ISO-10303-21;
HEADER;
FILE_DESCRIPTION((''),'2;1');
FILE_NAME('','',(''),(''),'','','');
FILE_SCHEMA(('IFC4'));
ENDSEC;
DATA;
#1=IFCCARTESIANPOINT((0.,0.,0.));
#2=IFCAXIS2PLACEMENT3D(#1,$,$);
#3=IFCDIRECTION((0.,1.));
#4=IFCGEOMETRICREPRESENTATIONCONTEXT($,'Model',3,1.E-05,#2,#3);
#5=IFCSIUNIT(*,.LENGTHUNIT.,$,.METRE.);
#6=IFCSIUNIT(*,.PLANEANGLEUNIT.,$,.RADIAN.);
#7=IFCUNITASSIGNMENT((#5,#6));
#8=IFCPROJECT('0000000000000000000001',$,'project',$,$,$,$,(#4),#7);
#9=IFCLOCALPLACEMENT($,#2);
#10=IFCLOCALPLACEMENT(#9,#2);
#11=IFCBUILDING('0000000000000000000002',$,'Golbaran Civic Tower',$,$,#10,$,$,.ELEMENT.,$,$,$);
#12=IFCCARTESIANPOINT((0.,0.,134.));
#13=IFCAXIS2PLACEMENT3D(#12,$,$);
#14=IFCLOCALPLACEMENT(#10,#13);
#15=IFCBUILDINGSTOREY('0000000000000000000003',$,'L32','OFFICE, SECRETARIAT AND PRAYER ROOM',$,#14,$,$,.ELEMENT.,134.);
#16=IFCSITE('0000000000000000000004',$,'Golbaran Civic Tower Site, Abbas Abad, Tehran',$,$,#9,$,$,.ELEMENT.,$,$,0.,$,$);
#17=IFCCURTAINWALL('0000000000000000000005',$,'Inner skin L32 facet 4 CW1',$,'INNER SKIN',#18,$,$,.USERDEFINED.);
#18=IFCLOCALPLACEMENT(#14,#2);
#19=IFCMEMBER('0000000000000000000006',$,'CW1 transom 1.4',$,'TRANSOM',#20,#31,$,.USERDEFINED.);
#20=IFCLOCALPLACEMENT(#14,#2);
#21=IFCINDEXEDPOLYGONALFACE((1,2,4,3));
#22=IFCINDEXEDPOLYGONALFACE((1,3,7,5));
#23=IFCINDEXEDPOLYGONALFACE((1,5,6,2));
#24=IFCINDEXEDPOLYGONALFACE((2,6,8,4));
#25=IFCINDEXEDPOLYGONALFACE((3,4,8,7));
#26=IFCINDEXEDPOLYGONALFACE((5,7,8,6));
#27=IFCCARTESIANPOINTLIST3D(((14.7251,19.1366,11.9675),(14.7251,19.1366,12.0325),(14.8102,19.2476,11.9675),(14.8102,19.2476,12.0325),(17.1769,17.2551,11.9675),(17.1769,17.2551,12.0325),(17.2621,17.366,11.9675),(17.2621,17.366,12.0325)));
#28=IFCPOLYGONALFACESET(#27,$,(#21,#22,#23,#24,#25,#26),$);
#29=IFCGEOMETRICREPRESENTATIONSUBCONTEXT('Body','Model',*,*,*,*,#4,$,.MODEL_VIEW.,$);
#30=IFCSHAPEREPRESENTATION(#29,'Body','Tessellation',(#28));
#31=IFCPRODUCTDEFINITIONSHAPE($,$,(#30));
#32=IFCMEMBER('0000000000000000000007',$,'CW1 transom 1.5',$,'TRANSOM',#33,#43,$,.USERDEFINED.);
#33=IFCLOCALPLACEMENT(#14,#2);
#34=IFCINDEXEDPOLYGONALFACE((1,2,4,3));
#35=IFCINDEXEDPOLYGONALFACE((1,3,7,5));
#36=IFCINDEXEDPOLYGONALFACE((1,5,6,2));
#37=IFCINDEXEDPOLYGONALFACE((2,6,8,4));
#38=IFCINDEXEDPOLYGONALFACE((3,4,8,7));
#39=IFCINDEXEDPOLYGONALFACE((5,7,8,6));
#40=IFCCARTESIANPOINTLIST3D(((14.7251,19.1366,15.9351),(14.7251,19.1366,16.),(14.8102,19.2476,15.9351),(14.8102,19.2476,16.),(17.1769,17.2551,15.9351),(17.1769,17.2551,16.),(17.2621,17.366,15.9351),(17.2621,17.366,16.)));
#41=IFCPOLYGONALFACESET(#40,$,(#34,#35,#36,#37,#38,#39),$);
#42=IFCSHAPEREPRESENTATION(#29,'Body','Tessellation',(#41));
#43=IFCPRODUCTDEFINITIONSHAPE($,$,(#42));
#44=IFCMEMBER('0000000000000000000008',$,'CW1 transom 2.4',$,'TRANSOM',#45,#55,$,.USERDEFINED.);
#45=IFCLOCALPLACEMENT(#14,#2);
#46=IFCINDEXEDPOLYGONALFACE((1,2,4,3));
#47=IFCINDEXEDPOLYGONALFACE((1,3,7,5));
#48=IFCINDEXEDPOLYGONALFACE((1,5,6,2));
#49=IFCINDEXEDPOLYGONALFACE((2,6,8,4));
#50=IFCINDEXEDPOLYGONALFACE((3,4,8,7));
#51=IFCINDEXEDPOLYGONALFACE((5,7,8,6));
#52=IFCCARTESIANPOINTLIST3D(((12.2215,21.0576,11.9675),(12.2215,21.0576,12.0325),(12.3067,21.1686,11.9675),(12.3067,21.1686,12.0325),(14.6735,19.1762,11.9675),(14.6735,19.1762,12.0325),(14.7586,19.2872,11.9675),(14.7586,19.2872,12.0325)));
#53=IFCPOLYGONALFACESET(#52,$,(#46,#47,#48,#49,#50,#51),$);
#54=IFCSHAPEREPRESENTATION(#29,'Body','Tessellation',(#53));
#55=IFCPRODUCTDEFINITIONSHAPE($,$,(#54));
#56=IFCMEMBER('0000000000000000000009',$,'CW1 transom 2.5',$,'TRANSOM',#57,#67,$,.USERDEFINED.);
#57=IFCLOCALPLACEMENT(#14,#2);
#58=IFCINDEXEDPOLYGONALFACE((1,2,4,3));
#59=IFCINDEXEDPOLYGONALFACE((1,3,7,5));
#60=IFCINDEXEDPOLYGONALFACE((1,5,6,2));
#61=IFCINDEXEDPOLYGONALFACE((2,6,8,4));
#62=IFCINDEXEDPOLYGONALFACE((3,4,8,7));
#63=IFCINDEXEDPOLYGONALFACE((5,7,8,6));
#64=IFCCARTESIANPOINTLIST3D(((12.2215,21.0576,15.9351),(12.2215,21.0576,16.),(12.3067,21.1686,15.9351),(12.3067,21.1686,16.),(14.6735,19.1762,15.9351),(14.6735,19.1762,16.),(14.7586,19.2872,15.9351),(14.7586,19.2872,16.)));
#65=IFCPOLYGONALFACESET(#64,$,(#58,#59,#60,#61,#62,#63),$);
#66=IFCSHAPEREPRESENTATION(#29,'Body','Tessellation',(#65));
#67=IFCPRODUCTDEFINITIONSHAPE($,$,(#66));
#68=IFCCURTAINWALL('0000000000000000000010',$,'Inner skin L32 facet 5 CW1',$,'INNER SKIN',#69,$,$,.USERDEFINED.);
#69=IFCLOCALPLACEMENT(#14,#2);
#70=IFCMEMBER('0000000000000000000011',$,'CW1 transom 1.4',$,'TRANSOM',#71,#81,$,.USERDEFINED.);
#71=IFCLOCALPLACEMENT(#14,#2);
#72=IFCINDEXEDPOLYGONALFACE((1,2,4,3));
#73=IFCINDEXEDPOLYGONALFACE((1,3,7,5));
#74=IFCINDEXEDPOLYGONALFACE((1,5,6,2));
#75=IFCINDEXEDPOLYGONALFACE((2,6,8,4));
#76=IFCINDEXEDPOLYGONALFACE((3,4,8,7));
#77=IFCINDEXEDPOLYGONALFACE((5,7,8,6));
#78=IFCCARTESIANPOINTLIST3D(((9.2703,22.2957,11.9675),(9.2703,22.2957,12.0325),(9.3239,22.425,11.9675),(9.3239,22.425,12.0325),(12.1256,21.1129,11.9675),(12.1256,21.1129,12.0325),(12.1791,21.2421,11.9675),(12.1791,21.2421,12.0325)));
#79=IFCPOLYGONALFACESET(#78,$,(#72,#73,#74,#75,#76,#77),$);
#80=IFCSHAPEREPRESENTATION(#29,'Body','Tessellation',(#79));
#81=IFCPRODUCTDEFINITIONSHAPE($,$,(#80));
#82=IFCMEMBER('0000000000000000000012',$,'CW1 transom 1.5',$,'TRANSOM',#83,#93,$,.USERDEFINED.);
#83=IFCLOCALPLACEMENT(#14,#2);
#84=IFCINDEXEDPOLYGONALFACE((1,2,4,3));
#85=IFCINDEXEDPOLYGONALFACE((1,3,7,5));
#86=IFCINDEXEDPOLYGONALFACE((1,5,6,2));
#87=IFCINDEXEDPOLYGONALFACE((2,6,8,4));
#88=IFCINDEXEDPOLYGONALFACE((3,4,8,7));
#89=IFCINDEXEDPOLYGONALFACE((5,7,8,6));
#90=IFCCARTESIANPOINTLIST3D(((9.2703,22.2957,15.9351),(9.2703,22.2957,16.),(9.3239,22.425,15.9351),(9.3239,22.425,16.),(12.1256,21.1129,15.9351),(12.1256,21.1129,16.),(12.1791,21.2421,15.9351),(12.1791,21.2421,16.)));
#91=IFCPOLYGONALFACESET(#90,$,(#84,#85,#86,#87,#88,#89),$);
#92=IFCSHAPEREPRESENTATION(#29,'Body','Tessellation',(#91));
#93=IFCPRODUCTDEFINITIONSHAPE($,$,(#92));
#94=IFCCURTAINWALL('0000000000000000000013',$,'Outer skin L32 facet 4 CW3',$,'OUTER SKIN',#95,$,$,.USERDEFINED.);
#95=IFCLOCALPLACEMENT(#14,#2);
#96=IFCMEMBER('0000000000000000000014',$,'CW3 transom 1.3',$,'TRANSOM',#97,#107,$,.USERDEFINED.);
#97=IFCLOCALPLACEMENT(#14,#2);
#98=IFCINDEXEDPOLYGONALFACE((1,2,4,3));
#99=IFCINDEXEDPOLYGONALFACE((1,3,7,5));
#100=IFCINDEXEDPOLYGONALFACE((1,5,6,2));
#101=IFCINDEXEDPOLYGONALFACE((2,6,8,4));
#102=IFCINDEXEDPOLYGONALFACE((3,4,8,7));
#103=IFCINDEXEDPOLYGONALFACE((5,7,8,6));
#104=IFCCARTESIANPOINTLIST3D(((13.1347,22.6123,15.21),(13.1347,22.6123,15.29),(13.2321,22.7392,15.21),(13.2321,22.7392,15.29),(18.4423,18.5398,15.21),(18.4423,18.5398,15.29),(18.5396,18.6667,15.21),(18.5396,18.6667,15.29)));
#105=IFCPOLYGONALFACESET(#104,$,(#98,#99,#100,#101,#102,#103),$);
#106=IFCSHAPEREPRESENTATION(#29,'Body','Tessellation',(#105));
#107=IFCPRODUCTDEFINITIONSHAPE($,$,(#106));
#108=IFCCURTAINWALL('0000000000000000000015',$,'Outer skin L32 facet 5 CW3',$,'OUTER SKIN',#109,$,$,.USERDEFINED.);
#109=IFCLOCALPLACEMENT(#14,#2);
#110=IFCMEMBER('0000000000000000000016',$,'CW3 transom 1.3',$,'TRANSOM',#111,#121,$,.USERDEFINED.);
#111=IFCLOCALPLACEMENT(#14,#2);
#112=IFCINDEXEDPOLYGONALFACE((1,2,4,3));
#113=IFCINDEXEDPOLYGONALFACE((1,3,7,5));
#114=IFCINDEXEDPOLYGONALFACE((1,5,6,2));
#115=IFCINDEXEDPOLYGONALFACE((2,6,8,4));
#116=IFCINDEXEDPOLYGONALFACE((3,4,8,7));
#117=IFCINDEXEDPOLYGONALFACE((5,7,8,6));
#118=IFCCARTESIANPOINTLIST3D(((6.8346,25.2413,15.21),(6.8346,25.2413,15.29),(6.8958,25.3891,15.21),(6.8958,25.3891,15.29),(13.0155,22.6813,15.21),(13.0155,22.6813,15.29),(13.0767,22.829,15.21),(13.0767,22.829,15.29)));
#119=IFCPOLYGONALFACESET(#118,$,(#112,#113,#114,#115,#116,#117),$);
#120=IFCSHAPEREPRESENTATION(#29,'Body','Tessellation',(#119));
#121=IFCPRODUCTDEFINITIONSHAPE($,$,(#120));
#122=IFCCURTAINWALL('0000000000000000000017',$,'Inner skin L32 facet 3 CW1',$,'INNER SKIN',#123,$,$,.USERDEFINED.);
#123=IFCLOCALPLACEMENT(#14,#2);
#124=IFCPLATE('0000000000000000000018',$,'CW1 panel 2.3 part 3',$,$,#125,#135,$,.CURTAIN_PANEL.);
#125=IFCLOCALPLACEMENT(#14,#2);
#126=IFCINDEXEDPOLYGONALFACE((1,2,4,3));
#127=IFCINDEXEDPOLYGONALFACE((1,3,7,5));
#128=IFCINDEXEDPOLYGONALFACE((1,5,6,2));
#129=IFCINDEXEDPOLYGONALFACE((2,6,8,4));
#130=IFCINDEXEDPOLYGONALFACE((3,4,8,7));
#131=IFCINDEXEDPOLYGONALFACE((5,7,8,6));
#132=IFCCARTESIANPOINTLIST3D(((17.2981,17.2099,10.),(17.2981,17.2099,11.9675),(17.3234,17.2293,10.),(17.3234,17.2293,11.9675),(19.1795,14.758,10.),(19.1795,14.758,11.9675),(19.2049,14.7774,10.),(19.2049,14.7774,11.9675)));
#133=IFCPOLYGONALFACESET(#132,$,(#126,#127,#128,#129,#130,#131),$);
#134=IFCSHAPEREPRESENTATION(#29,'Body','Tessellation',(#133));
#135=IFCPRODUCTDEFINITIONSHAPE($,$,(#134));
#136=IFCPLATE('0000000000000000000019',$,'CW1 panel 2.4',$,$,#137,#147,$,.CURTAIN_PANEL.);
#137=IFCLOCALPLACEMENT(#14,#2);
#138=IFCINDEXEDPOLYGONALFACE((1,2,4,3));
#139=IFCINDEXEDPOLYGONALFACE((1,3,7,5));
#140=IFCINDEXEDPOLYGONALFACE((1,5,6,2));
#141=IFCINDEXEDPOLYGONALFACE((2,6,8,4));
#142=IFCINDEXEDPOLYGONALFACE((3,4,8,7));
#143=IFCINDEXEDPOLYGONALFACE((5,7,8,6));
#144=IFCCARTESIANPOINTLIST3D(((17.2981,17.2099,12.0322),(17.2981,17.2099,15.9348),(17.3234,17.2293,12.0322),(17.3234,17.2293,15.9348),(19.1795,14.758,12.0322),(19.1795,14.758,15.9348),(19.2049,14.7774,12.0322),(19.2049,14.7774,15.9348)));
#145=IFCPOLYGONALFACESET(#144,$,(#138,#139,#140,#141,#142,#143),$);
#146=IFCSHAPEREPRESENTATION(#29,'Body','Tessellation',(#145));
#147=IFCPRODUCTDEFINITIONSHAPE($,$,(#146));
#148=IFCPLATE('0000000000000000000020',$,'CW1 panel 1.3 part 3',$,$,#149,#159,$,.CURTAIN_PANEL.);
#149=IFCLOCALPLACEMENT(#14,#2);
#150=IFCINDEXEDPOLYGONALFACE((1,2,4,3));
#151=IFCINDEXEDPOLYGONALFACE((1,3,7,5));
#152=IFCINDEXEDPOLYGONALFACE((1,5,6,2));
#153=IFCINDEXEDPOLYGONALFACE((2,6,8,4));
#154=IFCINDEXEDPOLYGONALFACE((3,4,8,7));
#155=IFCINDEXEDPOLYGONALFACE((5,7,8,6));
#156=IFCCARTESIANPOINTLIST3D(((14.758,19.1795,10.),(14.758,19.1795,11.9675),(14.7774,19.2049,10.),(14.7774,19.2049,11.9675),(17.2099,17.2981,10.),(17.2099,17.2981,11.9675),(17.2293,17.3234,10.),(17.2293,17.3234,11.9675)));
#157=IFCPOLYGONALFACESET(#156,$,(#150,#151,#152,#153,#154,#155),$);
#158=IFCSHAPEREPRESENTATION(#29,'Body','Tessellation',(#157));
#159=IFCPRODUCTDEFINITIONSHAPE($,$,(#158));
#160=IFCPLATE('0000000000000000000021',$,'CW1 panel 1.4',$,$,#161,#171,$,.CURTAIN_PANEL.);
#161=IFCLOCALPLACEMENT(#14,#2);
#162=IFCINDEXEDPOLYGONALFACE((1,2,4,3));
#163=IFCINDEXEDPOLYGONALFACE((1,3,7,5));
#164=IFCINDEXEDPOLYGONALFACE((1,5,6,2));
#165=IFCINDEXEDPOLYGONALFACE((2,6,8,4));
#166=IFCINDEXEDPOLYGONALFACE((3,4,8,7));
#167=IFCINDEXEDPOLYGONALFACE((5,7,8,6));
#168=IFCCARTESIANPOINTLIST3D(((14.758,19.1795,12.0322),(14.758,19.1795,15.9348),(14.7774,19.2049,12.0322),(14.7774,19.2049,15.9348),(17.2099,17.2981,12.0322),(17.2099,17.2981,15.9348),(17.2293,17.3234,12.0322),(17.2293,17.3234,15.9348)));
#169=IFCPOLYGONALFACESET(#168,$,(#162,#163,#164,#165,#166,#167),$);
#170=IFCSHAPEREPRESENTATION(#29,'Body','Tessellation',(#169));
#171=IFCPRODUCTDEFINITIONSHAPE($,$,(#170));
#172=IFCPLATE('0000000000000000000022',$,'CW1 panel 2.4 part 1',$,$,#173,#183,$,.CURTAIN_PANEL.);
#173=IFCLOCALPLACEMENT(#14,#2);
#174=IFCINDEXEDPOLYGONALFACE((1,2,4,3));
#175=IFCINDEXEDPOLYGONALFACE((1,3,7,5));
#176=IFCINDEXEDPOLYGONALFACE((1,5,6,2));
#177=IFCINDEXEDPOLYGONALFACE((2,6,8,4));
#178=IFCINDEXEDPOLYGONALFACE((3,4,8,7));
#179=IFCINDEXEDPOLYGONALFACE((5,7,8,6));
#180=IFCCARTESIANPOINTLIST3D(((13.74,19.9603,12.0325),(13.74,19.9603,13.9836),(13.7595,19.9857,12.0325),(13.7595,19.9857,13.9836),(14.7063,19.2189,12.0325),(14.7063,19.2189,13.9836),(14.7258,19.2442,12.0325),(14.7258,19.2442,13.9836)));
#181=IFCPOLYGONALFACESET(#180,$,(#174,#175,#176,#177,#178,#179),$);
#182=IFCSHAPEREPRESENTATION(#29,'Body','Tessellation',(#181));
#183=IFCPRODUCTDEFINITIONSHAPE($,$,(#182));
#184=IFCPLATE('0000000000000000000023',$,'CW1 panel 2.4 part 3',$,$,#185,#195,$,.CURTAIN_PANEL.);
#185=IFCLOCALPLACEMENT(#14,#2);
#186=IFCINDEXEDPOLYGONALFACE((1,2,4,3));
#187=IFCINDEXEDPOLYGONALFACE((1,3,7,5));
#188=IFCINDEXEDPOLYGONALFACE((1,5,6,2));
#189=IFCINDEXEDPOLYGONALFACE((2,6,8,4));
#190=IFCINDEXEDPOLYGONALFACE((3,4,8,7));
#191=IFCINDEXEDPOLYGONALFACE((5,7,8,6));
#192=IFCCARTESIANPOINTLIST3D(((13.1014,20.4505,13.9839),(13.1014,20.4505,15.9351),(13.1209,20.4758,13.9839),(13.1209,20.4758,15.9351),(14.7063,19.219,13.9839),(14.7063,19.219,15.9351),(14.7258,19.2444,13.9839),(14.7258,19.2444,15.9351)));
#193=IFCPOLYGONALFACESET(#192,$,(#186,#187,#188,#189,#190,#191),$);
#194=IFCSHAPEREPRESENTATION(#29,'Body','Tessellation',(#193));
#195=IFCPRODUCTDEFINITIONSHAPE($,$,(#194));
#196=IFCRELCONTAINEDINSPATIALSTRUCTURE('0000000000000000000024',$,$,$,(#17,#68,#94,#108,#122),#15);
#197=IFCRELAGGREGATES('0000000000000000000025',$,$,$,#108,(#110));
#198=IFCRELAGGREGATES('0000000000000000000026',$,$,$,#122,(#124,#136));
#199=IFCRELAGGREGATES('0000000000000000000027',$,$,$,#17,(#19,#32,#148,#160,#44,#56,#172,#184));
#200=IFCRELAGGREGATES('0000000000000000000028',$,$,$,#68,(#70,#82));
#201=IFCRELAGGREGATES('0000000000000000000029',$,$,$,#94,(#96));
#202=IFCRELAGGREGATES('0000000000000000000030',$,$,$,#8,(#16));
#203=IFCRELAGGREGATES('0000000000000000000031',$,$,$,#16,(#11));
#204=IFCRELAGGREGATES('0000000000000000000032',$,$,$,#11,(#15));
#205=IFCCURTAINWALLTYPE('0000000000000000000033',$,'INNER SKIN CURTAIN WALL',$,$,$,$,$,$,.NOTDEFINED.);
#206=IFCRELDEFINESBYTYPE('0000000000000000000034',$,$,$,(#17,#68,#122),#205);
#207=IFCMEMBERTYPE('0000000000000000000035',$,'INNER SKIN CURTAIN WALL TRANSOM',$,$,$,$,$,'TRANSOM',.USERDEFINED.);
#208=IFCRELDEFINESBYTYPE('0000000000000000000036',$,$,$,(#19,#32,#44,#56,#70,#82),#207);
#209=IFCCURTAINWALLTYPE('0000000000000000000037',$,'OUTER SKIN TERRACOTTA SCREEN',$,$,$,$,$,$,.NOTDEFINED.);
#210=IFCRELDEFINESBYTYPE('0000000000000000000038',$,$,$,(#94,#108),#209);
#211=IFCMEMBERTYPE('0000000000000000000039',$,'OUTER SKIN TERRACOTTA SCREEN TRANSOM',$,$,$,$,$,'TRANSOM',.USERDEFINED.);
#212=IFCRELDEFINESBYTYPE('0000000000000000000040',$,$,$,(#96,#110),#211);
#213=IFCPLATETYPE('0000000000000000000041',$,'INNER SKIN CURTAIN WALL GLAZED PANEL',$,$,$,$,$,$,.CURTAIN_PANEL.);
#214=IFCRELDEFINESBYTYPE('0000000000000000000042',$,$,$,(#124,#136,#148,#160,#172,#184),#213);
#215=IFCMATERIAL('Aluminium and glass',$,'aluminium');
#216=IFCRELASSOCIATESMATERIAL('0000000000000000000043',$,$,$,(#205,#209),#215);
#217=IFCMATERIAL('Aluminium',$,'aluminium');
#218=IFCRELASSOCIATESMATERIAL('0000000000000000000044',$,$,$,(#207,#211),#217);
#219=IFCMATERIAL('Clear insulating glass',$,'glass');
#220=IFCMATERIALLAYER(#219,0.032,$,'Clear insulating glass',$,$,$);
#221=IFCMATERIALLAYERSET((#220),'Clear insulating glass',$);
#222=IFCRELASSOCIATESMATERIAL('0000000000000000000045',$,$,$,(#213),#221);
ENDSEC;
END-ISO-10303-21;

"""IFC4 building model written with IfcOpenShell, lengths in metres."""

from ifc_helpers import new_model, si_unit, direction, frame, origin, origin_2d, place, context, subcontext, project, spatial, rectangle, extrude, material, layer, layer_set, material_profile, profile_set, type_object, element, aggregate, save


model = new_model("IFC4")

# Units and contexts
model_context = context("Model", 3, precision=1e-05, world=origin(), true_north=direction((0.0, 1.0)))
body_context = subcontext(model_context, "Body", "Model", "MODEL_VIEW")
ifc_project = project(units=[si_unit("LENGTHUNIT", "METRE"), si_unit("PLANEANGLEUNIT", "RADIAN")], contexts=[model_context])

# Site, building, storey
site_placement = place(None, origin())
site = spatial("IfcSite", under=ifc_project, at=site_placement, Name="Golbaran Civic Tower Site, Abbas Abad, Tehran", CompositionType="ELEMENT", RefElevation=0.0)
building_placement = place(site_placement, origin())
building = spatial("IfcBuilding", under=site, at=building_placement, Name="Golbaran Civic Tower", CompositionType="ELEMENT")
storey_placement = place(building_placement, frame((0.0, 0.0, 134.0)))
storey = spatial("IfcBuildingStorey", under=building, at=storey_placement, Name="L32", Description="OFFICE, SECRETARIAT AND PRAYER ROOM", CompositionType="ELEMENT", Elevation=134.0)

# Curtain walls, members
ifc_material_1 = material(Name="Aluminium and glass", Category="aluminium")
curtain_wall_type_1 = type_object("IfcCurtainWallType", Name="INNER SKIN CURTAIN WALL", PredefinedType="NOTDEFINED", material=ifc_material_1)
curtain_wall_1_placement = place(storey_placement, origin())
curtain_wall_1 = element("IfcCurtainWall", 1, at=curtain_wall_1_placement, inside=storey, type_object=curtain_wall_type_1, Name="Inner skin L32 facet 4 CW1", ObjectType="INNER SKIN", PredefinedType="USERDEFINED")
ifc_material_2 = material(Name="Aluminium", Category="aluminium")
ifc_material_profile_1 = material_profile(ifc_material_2, rectangle(XDim=0.1399, YDim=0.0649, at=origin_2d()), Name="INNER SKIN CURTAIN WALL TRANSOM")
ifc_profile_set_1 = profile_set([ifc_material_profile_1], Name="Aluminium")
member_type_1 = type_object("IfcMemberType", Name="INNER SKIN CURTAIN WALL TRANSOM", ElementType="TRANSOM", PredefinedType="USERDEFINED", material=ifc_profile_set_1)
member_1_placement = place(storey_placement, frame((17.2195, 17.3105, 12.0), z_axis=(-0.793325, 0.608798, 0.0), x_axis=(-0.608798, -0.793325, 0.0)))
member_1 = element("IfcMember", 2, at=member_1_placement, type_object=member_type_1, Name="CW1 transom 1.4", ObjectType="TRANSOM", PredefinedType="USERDEFINED", context=body_context, shape_type="SweptSolid", body=[
    extrude(rectangle(XDim=0.1399, YDim=0.0649, at=origin_2d()), origin(), (0.0, 0.0, 1.0), 3.0906),
])
member_2_placement = place(storey_placement, frame((17.2195, 17.3105, 15.9675), z_axis=(-0.793325, 0.608798, 0.0), x_axis=(-0.608798, -0.793325, 0.0)))
member_2 = element("IfcMember", 3, at=member_2_placement, type_object=member_type_1, Name="CW1 transom 1.5", ObjectType="TRANSOM", PredefinedType="USERDEFINED", context=body_context, shape_type="SweptSolid", body=[
    extrude(rectangle(XDim=0.1399, YDim=0.0649, at=origin_2d()), origin(), (0.0, 0.0, 1.0), 3.0906),
])
member_3_placement = place(storey_placement, frame((14.7161, 19.2317, 12.0), z_axis=(-0.793363, 0.608748, 0.0), x_axis=(-0.608748, -0.793363, 0.0)))
member_3 = element("IfcMember", 4, at=member_3_placement, type_object=member_type_1, Name="CW1 transom 2.4", ObjectType="TRANSOM", PredefinedType="USERDEFINED", context=body_context, shape_type="SweptSolid", body=[
    extrude(rectangle(XDim=0.1399, YDim=0.0649, at=origin_2d()), origin(), (0.0, 0.0, 1.0), 3.0906),
])
member_4_placement = place(storey_placement, frame((14.7161, 19.2317, 15.9675), z_axis=(-0.793363, 0.608748, 0.0), x_axis=(-0.608748, -0.793363, 0.0)))
member_4 = element("IfcMember", 5, at=member_4_placement, type_object=member_type_1, Name="CW1 transom 2.5", ObjectType="TRANSOM", PredefinedType="USERDEFINED", context=body_context, shape_type="SweptSolid", body=[
    extrude(rectangle(XDim=0.1399, YDim=0.0649, at=origin_2d()), origin(), (0.0, 0.0, 1.0), 3.0906),
])
curtain_wall_2_placement = place(storey_placement, origin())
curtain_wall_2 = element("IfcCurtainWall", 6, at=curtain_wall_2_placement, inside=storey, type_object=curtain_wall_type_1, Name="Inner skin L32 facet 5 CW1", ObjectType="INNER SKIN", PredefinedType="USERDEFINED")
member_5_placement = place(storey_placement, frame((12.1523, 21.1775, 12.0), z_axis=(-0.923858, 0.382736, 0.0), x_axis=(-0.382736, -0.923858, 0.0)))
member_5 = element("IfcMember", 7, at=member_5_placement, type_object=member_type_1, Name="CW1 transom 1.4", ObjectType="TRANSOM", PredefinedType="USERDEFINED", context=body_context, shape_type="SweptSolid", body=[
    extrude(rectangle(XDim=0.1399, YDim=0.0649, at=origin_2d()), origin(), (0.0, 0.0, 1.0), 3.0906),
])
member_6_placement = place(storey_placement, frame((12.1523, 21.1775, 15.9675), z_axis=(-0.923858, 0.382736, 0.0), x_axis=(-0.382736, -0.923858, 0.0)))
member_6 = element("IfcMember", 8, at=member_6_placement, type_object=member_type_1, Name="CW1 transom 1.5", ObjectType="TRANSOM", PredefinedType="USERDEFINED", context=body_context, shape_type="SweptSolid", body=[
    extrude(rectangle(XDim=0.1399, YDim=0.0649, at=origin_2d()), origin(), (0.0, 0.0, 1.0), 3.0906),
])

# Curtain walls, members
curtain_wall_type_2 = type_object("IfcCurtainWallType", Name="OUTER SKIN TERRACOTTA SCREEN", PredefinedType="NOTDEFINED", material=ifc_material_1)
curtain_wall_3_placement = place(storey_placement, origin())
curtain_wall_3 = element("IfcCurtainWall", 9, at=curtain_wall_3_placement, inside=storey, type_object=curtain_wall_type_2, Name="Outer skin L32 facet 4 CW3", ObjectType="OUTER SKIN", PredefinedType="USERDEFINED")
ifc_material_profile_2 = material_profile(ifc_material_2, rectangle(XDim=0.1599, YDim=0.0801, at=origin_2d()), Name="OUTER SKIN TERRACOTTA SCREEN TRANSOM")
ifc_profile_set_2 = profile_set([ifc_material_profile_2], Name="Aluminium")
member_type_2 = type_object("IfcMemberType", Name="OUTER SKIN TERRACOTTA SCREEN TRANSOM", ElementType="TRANSOM", PredefinedType="USERDEFINED", material=ifc_profile_set_2)
member_7_placement = place(storey_placement, frame((18.491, 18.6033, 15.25), z_axis=(-0.793365, 0.608746, 0.0), x_axis=(-0.608746, -0.793365, 0.0)))
member_7 = element("IfcMember", 10, at=member_7_placement, type_object=member_type_2, Name="CW3 transom 1.3", ObjectType="TRANSOM", PredefinedType="USERDEFINED", context=body_context, shape_type="SweptSolid", body=[
    extrude(rectangle(XDim=0.1599, YDim=0.0801, at=origin_2d()), origin(), (0.0, 0.0, 1.0), 6.6899),
])
curtain_wall_4_placement = place(storey_placement, origin())
curtain_wall_4 = element("IfcCurtainWall", 11, at=curtain_wall_4_placement, inside=storey, type_object=curtain_wall_type_2, Name="Outer skin L32 facet 5 CW3", ObjectType="OUTER SKIN", PredefinedType="USERDEFINED")
member_8_placement = place(storey_placement, frame((13.0461, 22.7551, 15.25), z_axis=(-0.923888, 0.382663, 0.0), x_axis=(-0.382663, -0.923888, 0.0)))
member_8 = element("IfcMember", 12, at=member_8_placement, type_object=member_type_2, Name="CW3 transom 1.3", ObjectType="TRANSOM", PredefinedType="USERDEFINED", context=body_context, shape_type="SweptSolid", body=[
    extrude(rectangle(XDim=0.1599, YDim=0.0801, at=origin_2d()), origin(), (0.0, 0.0, 1.0), 6.6902),
])
aggregate(curtain_wall_4, [member_8])

# Curtain wall, plates
curtain_wall_5_placement = place(storey_placement, origin())
curtain_wall_5 = element("IfcCurtainWall", 13, at=curtain_wall_5_placement, inside=storey, type_object=curtain_wall_type_1, Name="Inner skin L32 facet 3 CW1", ObjectType="INNER SKIN", PredefinedType="USERDEFINED")
ifc_material_3 = material(Name="Clear insulating glass", Category="glass")
ifc_layer_1 = layer(ifc_material_3, 0.032, Name="Clear insulating glass")
ifc_layer_set_1 = layer_set([ifc_layer_1], Name="Clear insulating glass")
plate_type_1 = type_object("IfcPlateType", Name="INNER SKIN CURTAIN WALL GLAZED PANEL", PredefinedType="CURTAIN_PANEL", material=ifc_layer_set_1)
plate_1_placement = place(storey_placement, frame((18.2515, 15.9937, 10.0), z_axis=(0.0, 0.0, 1.0), x_axis=(-0.608761, 0.793353, 0.0)))
plate_1 = element("IfcPlate", 14, at=plate_1_placement, type_object=plate_type_1, Name="CW1 panel 2.3 part 3", PredefinedType="CURTAIN_PANEL", context=body_context, shape_type="SweptSolid", body=[
    extrude(rectangle(XDim=3.0906, YDim=0.032, at=origin_2d()), origin(), (0.0, 0.0, 1.0), 1.9675),
])
plate_2_placement = place(storey_placement, frame((18.2515, 15.9937, 12.0322), z_axis=(0.0, 0.0, 1.0), x_axis=(-0.608761, 0.793353, 0.0)))
plate_2 = element("IfcPlate", 15, at=plate_2_placement, type_object=plate_type_1, Name="CW1 panel 2.4", PredefinedType="CURTAIN_PANEL", context=body_context, shape_type="SweptSolid", body=[
    extrude(rectangle(XDim=3.0906, YDim=0.032, at=origin_2d()), origin(), (0.0, 0.0, 1.0), 3.9026),
])
aggregate(curtain_wall_5, [plate_1, plate_2])

# Plates
plate_3_placement = place(storey_placement, frame((15.9937, 18.2515, 10.0), z_axis=(0.0, 0.0, 1.0), x_axis=(-0.793353, 0.608761, 0.0)))
plate_3 = element("IfcPlate", 16, at=plate_3_placement, type_object=plate_type_1, Name="CW1 panel 1.3 part 3", PredefinedType="CURTAIN_PANEL", context=body_context, shape_type="SweptSolid", body=[
    extrude(rectangle(XDim=3.0906, YDim=0.032, at=origin_2d()), origin(), (0.0, 0.0, 1.0), 1.9675),
])
plate_4_placement = place(storey_placement, frame((15.9937, 18.2515, 12.0322), z_axis=(0.0, 0.0, 1.0), x_axis=(-0.793353, 0.608761, 0.0)))
plate_4 = element("IfcPlate", 17, at=plate_4_placement, type_object=plate_type_1, Name="CW1 panel 1.4", PredefinedType="CURTAIN_PANEL", context=body_context, shape_type="SweptSolid", body=[
    extrude(rectangle(XDim=3.0906, YDim=0.032, at=origin_2d()), origin(), (0.0, 0.0, 1.0), 3.9026),
])
plate_5_placement = place(storey_placement, frame((14.2329, 19.6023, 12.0325), z_axis=(0.0, 0.0, 1.0), x_axis=(-0.793353, 0.608761, 0.0)))
plate_5 = element("IfcPlate", 18, at=plate_5_placement, type_object=plate_type_1, Name="CW1 panel 2.4 part 1", PredefinedType="CURTAIN_PANEL", context=body_context, shape_type="SweptSolid", body=[
    extrude(rectangle(XDim=1.218, YDim=0.032, at=origin_2d()), origin(), (0.0, 0.0, 1.0), 1.9512),
])
plate_6_placement = place(storey_placement, frame((13.9136, 19.8474, 13.9839), z_axis=(0.0, 0.0, 1.0), x_axis=(-0.793353, 0.608761, 0.0)))
plate_6 = element("IfcPlate", 19, at=plate_6_placement, type_object=plate_type_1, Name="CW1 panel 2.4 part 3", PredefinedType="CURTAIN_PANEL", context=body_context, shape_type="SweptSolid", body=[
    extrude(rectangle(XDim=2.0229, YDim=0.032, at=origin_2d()), origin(), (0.0, 0.0, 1.0), 1.9512),
])
aggregate(curtain_wall_1, [member_1, member_2, plate_3, plate_4, member_3, member_4, plate_5, plate_6])
aggregate(curtain_wall_2, [member_5, member_6])
aggregate(curtain_wall_3, [member_7])

save(model, "model.ifc")
